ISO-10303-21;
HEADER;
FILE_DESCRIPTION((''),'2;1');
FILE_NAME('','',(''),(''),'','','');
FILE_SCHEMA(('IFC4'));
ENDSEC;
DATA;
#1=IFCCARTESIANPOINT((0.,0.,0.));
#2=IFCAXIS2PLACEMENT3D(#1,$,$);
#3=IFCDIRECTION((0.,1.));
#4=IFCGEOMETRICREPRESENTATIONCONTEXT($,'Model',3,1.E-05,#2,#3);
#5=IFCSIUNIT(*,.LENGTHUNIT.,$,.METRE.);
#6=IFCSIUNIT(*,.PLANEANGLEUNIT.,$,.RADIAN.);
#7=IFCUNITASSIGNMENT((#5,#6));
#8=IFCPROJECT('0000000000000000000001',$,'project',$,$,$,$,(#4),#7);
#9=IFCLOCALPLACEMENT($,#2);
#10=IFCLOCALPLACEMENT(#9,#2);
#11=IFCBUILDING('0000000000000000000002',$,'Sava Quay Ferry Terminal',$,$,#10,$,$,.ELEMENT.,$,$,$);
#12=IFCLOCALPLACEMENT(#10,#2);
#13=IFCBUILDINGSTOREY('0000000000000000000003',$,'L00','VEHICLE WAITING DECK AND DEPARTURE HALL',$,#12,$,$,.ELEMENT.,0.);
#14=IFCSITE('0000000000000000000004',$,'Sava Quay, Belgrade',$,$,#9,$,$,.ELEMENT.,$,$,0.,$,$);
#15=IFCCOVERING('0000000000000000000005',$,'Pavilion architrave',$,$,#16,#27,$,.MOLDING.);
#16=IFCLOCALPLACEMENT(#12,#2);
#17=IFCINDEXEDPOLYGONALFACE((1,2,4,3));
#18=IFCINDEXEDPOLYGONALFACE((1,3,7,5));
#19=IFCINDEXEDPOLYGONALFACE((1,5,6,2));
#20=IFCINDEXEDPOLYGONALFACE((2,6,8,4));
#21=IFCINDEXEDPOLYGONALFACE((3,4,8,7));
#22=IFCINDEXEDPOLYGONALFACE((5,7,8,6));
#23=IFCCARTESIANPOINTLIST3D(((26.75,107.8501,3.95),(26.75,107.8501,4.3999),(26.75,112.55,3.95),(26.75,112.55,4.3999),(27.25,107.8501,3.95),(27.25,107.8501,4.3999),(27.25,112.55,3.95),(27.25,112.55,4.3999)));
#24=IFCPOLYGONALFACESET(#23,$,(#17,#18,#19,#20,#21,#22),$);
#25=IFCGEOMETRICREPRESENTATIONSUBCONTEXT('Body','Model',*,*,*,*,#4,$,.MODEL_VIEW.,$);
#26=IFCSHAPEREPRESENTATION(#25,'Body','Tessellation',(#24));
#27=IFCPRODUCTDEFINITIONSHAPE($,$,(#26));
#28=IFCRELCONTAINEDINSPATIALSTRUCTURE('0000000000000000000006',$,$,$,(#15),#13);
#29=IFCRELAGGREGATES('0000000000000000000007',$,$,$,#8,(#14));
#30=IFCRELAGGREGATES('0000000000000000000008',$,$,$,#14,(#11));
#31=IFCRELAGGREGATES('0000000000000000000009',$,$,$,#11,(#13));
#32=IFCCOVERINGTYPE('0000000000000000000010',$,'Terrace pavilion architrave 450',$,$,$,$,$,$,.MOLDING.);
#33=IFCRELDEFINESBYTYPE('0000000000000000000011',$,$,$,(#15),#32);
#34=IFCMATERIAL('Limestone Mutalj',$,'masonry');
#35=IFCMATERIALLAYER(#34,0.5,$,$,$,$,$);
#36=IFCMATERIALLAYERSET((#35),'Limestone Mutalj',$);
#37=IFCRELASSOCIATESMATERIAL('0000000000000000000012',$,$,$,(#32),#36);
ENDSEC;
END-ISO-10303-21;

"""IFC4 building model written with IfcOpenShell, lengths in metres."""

from ifc_helpers import new_model, si_unit, direction, frame, origin, place, context, subcontext, project, spatial, polyline, outline, extrude, material, layer, layer_set, type_object, element, save


model = new_model("IFC4")

# Units and contexts
model_context = context("Model", 3, precision=1e-05, world=origin(), true_north=direction((0.0, 1.0)))
body_context = subcontext(model_context, "Body", "Model", "MODEL_VIEW")
ifc_project = project(units=[si_unit("LENGTHUNIT", "METRE"), si_unit("PLANEANGLEUNIT", "RADIAN")], contexts=[model_context])

# Site, building, storey
site_placement = place(None, origin())
site = spatial("IfcSite", under=ifc_project, at=site_placement, Name="Sava Quay, Belgrade", CompositionType="ELEMENT", RefElevation=0.0)
building_placement = place(site_placement, origin())
building = spatial("IfcBuilding", under=site, at=building_placement, Name="Sava Quay Ferry Terminal", CompositionType="ELEMENT")
storey_placement = place(building_placement, origin())
storey = spatial("IfcBuildingStorey", under=building, at=storey_placement, Name="L00", Description="VEHICLE WAITING DECK AND DEPARTURE HALL", CompositionType="ELEMENT", Elevation=0.0)

# Covering
ifc_material_1 = material(Name="Limestone Mutalj", Category="masonry")
ifc_layer_1 = layer(ifc_material_1, 0.5)
ifc_layer_set_1 = layer_set([ifc_layer_1], Name="Limestone Mutalj")
covering_type_1 = type_object("IfcCoveringType", Name="Terrace pavilion architrave 450", PredefinedType="MOLDING", material=ifc_layer_set_1)
covering_1_placement = place(storey_placement, frame((0.0, 0.0, 3.95)))
element("IfcCovering", 1, at=covering_1_placement, inside=storey, type_object=covering_type_1, Name="Pavilion architrave", PredefinedType="MOLDING", context=body_context, shape_type="SweptSolid", body=[
    extrude(outline(polyline([(27.25, 107.8501), (27.25, 112.55), (26.75, 112.55), (26.75, 107.8501), (27.25, 107.8501)])), origin(), (0.0, 0.0, 1.0), 0.45),
])

save(model, "model.ifc")
